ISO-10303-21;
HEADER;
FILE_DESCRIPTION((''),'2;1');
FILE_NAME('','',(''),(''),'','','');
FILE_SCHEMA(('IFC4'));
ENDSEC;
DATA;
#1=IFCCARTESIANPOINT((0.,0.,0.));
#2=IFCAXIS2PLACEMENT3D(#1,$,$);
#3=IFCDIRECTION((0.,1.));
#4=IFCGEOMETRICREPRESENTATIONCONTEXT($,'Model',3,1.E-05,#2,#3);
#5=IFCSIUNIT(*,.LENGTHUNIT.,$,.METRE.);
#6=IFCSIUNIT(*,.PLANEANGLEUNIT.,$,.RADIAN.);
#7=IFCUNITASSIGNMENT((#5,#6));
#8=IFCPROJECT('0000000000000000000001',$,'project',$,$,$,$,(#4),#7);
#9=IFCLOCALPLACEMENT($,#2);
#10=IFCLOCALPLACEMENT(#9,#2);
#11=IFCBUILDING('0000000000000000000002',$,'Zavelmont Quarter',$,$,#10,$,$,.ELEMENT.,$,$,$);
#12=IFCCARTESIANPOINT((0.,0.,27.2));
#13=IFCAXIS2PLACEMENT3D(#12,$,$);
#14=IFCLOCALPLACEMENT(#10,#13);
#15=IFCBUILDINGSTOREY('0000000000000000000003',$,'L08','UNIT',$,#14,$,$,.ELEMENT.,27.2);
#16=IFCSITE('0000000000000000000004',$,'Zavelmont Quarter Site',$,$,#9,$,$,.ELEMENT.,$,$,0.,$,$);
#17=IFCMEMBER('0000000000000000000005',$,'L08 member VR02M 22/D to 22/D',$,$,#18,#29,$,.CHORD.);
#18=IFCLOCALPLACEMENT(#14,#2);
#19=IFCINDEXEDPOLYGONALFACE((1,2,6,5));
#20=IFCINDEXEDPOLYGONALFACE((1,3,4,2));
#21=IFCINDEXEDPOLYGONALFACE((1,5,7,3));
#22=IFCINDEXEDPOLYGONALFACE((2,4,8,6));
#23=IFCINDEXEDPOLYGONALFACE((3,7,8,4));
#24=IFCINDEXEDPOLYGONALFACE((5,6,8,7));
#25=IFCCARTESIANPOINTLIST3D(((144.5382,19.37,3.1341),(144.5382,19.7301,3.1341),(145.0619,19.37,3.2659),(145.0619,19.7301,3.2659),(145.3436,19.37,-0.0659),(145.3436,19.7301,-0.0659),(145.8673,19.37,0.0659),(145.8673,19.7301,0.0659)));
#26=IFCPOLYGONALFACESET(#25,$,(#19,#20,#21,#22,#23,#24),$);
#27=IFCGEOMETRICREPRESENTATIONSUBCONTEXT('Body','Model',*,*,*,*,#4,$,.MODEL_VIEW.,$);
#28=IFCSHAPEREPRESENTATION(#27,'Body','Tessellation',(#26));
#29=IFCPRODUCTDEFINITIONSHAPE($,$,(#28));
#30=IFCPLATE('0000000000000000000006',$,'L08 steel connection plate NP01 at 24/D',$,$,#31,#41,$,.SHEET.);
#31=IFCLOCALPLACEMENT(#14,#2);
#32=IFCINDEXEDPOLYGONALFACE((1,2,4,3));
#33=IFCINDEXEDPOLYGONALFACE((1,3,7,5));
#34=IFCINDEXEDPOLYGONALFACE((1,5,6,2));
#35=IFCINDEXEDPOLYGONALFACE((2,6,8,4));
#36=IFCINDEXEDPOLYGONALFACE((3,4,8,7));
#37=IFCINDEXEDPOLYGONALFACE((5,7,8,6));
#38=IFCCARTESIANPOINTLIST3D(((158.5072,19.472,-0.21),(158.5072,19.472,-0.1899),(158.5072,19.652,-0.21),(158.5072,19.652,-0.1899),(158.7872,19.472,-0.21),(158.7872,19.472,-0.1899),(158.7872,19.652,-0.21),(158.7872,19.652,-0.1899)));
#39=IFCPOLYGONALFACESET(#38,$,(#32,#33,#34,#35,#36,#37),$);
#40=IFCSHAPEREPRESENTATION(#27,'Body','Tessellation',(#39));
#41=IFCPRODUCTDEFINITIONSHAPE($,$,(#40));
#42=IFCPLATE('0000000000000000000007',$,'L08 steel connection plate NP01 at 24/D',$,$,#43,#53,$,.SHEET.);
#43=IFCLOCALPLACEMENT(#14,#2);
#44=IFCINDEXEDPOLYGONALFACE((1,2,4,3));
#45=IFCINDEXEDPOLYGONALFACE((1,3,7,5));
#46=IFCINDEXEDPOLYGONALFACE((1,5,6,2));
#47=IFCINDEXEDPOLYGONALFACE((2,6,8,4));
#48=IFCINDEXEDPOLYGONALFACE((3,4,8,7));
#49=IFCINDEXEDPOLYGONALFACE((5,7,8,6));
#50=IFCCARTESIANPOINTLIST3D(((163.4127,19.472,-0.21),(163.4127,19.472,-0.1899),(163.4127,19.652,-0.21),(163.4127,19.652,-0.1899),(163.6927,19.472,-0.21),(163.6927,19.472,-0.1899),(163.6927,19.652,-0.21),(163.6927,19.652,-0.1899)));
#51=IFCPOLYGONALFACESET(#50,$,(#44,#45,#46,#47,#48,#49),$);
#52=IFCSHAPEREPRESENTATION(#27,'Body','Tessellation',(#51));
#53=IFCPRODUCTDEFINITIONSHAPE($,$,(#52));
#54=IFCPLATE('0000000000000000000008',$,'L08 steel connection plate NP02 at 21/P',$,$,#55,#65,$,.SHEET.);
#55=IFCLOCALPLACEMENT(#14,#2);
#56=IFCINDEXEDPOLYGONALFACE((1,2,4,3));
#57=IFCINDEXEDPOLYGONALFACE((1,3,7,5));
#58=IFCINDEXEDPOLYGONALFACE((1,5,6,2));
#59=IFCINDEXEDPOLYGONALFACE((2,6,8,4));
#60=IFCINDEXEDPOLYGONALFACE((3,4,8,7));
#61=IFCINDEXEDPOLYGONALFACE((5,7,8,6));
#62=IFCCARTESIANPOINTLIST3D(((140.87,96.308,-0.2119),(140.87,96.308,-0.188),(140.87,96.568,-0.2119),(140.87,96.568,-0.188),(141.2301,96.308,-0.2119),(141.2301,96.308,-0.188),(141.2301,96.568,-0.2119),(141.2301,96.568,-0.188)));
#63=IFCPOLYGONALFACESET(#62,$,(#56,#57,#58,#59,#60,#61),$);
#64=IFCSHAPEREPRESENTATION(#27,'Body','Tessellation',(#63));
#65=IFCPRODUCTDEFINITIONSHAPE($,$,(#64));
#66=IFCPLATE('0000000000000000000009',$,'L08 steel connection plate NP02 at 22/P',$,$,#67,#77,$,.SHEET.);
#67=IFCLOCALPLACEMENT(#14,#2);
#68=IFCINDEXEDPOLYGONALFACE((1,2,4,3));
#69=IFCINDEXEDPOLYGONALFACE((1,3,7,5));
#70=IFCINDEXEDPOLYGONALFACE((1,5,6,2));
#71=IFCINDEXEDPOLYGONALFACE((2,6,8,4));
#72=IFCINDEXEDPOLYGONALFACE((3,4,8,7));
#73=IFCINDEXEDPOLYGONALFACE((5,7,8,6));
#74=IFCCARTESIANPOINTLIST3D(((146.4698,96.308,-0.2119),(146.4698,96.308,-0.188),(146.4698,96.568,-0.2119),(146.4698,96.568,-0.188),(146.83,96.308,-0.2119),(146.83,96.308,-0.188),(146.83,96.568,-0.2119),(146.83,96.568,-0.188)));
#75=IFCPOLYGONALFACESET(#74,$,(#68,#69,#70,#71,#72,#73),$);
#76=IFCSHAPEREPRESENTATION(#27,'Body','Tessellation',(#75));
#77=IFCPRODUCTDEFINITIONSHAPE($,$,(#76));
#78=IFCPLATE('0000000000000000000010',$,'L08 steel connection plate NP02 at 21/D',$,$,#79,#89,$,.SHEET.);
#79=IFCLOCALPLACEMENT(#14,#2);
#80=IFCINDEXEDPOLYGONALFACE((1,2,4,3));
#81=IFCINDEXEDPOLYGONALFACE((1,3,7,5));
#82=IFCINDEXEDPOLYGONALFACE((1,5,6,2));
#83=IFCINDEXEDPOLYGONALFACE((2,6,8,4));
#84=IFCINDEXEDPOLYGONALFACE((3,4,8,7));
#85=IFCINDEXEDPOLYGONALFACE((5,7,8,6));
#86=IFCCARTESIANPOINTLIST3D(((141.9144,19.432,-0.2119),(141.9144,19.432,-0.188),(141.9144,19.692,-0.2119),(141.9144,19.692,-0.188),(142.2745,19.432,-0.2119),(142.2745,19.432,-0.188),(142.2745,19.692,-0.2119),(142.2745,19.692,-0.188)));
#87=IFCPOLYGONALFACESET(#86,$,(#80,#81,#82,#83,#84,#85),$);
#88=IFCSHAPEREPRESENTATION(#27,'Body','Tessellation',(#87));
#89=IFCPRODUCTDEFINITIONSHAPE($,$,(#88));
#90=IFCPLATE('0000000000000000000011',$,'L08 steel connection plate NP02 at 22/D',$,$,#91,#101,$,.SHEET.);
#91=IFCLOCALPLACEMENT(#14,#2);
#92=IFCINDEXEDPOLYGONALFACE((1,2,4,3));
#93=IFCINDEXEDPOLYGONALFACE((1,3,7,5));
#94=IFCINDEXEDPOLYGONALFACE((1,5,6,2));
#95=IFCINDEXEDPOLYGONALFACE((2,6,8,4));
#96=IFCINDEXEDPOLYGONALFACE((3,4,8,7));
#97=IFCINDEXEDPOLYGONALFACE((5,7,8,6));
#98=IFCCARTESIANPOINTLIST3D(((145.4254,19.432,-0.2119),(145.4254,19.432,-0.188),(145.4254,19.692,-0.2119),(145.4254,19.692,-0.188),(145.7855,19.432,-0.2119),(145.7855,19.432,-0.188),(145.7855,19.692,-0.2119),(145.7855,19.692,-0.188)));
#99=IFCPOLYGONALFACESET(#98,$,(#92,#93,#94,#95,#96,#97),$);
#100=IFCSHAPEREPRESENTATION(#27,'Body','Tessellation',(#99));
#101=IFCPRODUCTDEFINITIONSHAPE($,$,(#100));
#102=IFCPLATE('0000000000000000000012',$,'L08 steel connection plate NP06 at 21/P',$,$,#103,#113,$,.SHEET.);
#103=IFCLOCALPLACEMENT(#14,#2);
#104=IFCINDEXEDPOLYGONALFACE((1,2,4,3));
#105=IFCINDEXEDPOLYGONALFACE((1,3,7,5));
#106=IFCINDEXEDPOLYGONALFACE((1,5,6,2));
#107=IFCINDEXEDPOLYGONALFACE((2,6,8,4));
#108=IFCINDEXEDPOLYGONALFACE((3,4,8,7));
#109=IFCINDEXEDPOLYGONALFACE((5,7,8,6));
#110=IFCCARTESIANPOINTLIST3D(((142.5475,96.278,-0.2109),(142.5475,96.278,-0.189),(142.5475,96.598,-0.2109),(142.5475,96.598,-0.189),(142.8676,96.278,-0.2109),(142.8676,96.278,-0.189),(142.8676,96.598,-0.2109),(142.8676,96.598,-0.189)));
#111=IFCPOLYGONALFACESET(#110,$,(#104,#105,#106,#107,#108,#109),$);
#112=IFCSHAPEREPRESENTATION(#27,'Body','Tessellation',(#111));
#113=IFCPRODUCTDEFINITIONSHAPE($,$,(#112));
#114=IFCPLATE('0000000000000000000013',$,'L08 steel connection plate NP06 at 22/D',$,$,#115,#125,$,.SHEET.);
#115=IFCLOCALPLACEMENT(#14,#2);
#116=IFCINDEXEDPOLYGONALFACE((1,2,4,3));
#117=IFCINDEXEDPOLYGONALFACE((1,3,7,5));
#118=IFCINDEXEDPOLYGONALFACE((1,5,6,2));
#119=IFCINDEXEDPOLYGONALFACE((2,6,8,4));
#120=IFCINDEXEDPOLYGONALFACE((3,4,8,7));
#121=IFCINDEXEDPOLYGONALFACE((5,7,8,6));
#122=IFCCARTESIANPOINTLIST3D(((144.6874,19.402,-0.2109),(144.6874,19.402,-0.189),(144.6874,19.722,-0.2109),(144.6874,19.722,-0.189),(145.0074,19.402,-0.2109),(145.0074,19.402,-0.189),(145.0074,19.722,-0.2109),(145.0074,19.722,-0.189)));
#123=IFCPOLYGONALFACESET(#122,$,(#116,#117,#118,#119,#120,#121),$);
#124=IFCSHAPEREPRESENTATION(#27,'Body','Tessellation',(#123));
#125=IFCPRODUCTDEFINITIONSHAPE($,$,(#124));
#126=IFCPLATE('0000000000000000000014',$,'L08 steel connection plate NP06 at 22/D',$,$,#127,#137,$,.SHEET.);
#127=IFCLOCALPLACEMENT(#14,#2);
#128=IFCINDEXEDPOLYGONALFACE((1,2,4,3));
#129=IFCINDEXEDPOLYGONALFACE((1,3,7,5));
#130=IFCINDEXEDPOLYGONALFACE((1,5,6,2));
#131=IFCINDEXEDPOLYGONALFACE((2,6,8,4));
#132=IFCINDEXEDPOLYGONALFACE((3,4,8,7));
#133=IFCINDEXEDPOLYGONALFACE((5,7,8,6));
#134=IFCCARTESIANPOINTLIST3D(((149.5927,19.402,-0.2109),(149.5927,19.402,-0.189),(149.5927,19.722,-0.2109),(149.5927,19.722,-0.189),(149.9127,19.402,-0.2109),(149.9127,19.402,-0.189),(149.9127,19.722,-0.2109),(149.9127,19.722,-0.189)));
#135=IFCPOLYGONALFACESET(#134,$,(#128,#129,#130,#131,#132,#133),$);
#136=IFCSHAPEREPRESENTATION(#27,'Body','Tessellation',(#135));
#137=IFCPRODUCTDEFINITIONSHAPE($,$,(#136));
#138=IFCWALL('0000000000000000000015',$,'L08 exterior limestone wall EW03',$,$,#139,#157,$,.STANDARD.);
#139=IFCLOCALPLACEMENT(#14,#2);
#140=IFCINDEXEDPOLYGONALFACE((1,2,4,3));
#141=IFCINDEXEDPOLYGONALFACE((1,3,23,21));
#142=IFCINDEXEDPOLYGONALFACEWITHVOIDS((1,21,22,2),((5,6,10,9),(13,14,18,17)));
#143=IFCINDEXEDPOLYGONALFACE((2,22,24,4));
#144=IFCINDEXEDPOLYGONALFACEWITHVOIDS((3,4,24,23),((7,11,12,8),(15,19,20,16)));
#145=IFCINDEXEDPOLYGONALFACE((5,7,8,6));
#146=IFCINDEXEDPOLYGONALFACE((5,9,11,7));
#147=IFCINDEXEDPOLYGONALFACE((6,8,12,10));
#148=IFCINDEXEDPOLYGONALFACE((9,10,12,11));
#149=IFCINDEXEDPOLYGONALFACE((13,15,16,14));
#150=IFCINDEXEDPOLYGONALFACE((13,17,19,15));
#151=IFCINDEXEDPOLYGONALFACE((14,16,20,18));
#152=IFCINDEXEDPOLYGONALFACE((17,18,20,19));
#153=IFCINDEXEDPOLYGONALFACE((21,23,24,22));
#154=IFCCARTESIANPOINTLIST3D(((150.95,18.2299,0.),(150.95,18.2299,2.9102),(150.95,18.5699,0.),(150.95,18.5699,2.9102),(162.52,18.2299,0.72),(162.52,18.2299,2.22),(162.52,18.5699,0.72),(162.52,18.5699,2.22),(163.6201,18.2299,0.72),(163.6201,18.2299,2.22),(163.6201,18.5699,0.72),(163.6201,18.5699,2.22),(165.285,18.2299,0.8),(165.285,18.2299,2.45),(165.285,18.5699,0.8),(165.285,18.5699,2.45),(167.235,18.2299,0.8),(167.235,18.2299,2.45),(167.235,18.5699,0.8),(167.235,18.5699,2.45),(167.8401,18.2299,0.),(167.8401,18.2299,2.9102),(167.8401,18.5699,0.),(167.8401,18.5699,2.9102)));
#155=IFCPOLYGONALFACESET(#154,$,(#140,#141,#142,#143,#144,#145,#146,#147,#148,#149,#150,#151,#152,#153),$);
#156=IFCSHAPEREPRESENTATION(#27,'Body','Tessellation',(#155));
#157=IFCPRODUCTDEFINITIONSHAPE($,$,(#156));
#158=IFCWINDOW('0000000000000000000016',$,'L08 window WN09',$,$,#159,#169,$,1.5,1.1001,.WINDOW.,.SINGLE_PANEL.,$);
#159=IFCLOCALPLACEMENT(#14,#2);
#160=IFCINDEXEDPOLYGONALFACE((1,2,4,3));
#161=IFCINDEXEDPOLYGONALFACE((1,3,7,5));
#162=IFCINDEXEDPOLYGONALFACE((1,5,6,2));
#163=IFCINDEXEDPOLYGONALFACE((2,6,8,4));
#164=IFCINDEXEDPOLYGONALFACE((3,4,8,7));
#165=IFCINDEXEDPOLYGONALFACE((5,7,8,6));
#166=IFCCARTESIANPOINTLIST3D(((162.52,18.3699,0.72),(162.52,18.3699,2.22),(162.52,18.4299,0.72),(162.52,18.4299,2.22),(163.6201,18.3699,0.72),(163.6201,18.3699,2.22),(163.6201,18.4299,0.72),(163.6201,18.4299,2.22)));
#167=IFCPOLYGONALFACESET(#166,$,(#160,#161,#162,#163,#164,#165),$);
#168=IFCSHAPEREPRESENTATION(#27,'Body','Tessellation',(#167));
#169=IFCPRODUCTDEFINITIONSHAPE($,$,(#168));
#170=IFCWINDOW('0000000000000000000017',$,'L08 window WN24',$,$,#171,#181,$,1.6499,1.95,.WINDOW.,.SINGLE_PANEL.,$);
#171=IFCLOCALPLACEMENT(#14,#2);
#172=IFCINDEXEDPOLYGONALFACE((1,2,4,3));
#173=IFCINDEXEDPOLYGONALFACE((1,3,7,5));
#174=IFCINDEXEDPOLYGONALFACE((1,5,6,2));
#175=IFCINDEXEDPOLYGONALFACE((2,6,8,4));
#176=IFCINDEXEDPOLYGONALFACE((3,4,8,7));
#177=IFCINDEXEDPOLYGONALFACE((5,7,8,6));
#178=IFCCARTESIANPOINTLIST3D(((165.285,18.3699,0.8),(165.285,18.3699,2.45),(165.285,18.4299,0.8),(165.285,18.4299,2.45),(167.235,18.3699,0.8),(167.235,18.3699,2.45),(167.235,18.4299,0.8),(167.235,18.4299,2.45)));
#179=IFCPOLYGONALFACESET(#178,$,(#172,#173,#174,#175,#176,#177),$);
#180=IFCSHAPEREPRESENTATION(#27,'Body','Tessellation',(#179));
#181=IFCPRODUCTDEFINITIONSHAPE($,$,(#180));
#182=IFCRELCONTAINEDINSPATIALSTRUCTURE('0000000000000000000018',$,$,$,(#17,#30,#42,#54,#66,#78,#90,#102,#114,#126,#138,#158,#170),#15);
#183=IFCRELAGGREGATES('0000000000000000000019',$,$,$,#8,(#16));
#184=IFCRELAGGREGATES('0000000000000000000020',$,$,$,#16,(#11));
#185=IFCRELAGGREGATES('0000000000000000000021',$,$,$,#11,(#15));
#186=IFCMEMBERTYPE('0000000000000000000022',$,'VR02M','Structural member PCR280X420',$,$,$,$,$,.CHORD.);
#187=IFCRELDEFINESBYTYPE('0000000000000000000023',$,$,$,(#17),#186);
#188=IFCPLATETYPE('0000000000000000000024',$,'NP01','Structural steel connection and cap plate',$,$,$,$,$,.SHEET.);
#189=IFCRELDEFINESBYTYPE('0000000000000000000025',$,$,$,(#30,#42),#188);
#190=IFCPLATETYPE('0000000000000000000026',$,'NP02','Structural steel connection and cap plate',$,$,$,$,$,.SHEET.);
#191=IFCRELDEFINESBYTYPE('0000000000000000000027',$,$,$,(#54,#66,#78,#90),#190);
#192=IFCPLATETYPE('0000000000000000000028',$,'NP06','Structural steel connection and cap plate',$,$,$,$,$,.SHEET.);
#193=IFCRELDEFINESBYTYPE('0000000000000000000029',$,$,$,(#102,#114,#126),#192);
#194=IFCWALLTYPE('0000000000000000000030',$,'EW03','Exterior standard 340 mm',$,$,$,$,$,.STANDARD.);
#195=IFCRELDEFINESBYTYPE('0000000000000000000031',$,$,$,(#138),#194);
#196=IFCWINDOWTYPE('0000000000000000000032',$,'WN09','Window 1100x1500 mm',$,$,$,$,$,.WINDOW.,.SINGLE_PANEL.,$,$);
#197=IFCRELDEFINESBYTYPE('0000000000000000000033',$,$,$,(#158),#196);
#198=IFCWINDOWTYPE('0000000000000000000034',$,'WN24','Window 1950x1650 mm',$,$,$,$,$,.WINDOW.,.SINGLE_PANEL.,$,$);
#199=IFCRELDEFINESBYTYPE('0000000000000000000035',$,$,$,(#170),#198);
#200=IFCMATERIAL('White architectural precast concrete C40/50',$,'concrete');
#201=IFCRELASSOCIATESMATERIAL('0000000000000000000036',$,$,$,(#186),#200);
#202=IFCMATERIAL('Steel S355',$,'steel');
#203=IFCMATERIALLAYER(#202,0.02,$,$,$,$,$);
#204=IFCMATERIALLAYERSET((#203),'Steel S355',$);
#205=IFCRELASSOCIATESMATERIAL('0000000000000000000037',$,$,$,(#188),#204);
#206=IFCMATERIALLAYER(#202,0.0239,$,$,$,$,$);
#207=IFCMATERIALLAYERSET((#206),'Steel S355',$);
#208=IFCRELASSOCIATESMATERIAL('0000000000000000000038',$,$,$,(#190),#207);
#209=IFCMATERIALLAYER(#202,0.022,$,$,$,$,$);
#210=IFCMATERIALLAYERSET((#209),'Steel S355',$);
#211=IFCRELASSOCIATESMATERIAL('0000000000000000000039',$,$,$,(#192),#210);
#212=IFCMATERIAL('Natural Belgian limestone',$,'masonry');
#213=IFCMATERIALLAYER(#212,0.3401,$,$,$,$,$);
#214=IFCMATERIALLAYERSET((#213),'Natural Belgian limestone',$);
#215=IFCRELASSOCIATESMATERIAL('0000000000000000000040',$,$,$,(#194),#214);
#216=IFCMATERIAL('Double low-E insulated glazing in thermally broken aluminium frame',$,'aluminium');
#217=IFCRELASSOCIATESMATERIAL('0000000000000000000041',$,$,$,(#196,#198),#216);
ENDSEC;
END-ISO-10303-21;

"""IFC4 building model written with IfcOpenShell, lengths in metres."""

from ifc_helpers import new_model, si_unit, direction, frame, frame_2d, origin, origin_with_axes, origin_2d, place, context, subcontext, project, spatial, rectangle, extrude, material, layer, layer_set, material_profile, profile_set, type_object, element, fill, save


model = new_model("IFC4")

# Units and contexts
model_context = context("Model", 3, precision=1e-05, world=origin(), true_north=direction((0.0, 1.0)))
body_context = subcontext(model_context, "Body", "Model", "MODEL_VIEW")
ifc_project = project(units=[si_unit("LENGTHUNIT", "METRE"), si_unit("PLANEANGLEUNIT", "RADIAN")], contexts=[model_context])

# Site, building, storey
site_placement = place(None, origin())
site = spatial("IfcSite", under=ifc_project, at=site_placement, Name="Zavelmont Quarter Site", CompositionType="ELEMENT", RefElevation=0.0)
building_placement = place(site_placement, origin())
building = spatial("IfcBuilding", under=site, at=building_placement, Name="Zavelmont Quarter", CompositionType="ELEMENT")
storey_placement = place(building_placement, frame((0.0, 0.0, 27.2)))
storey = spatial("IfcBuildingStorey", under=building, at=storey_placement, Name="L08", Description="UNIT", CompositionType="ELEMENT", Elevation=27.2)

# Shared definitions
ifc_material_1 = material(Name="Steel S355", Category="steel")

# Member
ifc_material_2 = material(Name="White architectural precast concrete C40/50", Category="concrete")
ifc_material_profile_1 = material_profile(ifc_material_2, rectangle(XDim=0.3601, YDim=0.54, at=origin_2d()), Name="PCR280X420")
ifc_profile_set_1 = profile_set([ifc_material_profile_1], Name="White architectural precast concrete C40/50")
member_type = type_object("IfcMemberType", Name="VR02M", Description="Structural member PCR280X420", PredefinedType="CHORD", material=ifc_profile_set_1)
for number, where, z_axis, x_axis, name in (
    (1, (145.6055, 19.55, 0.0), (-0.244085, 0.0, 0.969754), (0.0, -1.0, 0.0), "L08 member VR02M 22/D to 22/D"),
):
    element("IfcMember", number, at=place(storey_placement, frame(where, z_axis=z_axis, x_axis=x_axis)), inside=storey, type_object=member_type, Name=name, PredefinedType="CHORD", context=body_context, shape_type="SweptSolid", body=[
        extrude(rectangle(XDim=0.3601, YDim=0.54, at=origin_2d()), origin(), (0.0, 0.0, 1.0), 3.2998),
    ])

# Plates
ifc_layer_1 = layer(ifc_material_1, 0.02)
ifc_layer_set_1 = layer_set([ifc_layer_1], Name="Steel S355")
plate_type_1 = type_object("IfcPlateType", Name="NP01", Description="Structural steel connection and cap plate", PredefinedType="SHEET", material=ifc_layer_set_1)
for number, where, z_axis, x_axis, name in (
    (2, (158.6472, 19.562, -0.21), (0.0, 0.0, 1.0), (1.0, 0.0, 0.0), "L08 steel connection plate NP01 at 24/D"),
    (3, (163.5527, 19.562, -0.21), (0.0, 0.0, 1.0), (1.0, 0.0, 0.0), "L08 steel connection plate NP01 at 24/D"),
):
    element("IfcPlate", number, at=place(storey_placement, frame(where, z_axis=z_axis, x_axis=x_axis)), inside=storey, type_object=plate_type_1, Name=name, PredefinedType="SHEET", context=body_context, shape_type="SweptSolid", body=[
        extrude(rectangle(XDim=0.28, YDim=0.1799, at=origin_2d()), origin(), (0.0, 0.0, 1.0), 0.02),
    ])
ifc_layer_2 = layer(ifc_material_1, 0.0239)
ifc_layer_set_2 = layer_set([ifc_layer_2], Name="Steel S355")
plate_type_2 = type_object("IfcPlateType", Name="NP02", Description="Structural steel connection and cap plate", PredefinedType="SHEET", material=ifc_layer_set_2)
for number, where, z_axis, x_axis, name in (
    (4, (141.05, 96.438, -0.2119), (0.0, 0.0, 1.0), (1.0, 0.0, 0.0), "L08 steel connection plate NP02 at 21/P"),
    (5, (146.6499, 96.438, -0.2119), (0.0, 0.0, 1.0), (1.0, 0.0, 0.0), "L08 steel connection plate NP02 at 22/P"),
    (6, (142.0945, 19.562, -0.2119), (0.0, 0.0, 1.0), (1.0, 0.0, 0.0), "L08 steel connection plate NP02 at 21/D"),
    (7, (145.6055, 19.562, -0.2119), (0.0, 0.0, 1.0), (1.0, 0.0, 0.0), "L08 steel connection plate NP02 at 22/D"),
):
    element("IfcPlate", number, at=place(storey_placement, frame(where, z_axis=z_axis, x_axis=x_axis)), inside=storey, type_object=plate_type_2, Name=name, PredefinedType="SHEET", context=body_context, shape_type="SweptSolid", body=[
        extrude(rectangle(XDim=0.3601, YDim=0.26, at=origin_2d()), origin(), (0.0, 0.0, 1.0), 0.0239),
    ])
ifc_layer_3 = layer(ifc_material_1, 0.022)
ifc_layer_set_3 = layer_set([ifc_layer_3], Name="Steel S355")
plate_type_3 = type_object("IfcPlateType", Name="NP06", Description="Structural steel connection and cap plate", PredefinedType="SHEET", material=ifc_layer_set_3)
for number, where, z_axis, x_axis, name in (
    (8, (142.7075, 96.438, -0.2109), (0.0, 0.0, 1.0), (1.0, 0.0, 0.0), "L08 steel connection plate NP06 at 21/P"),
    (9, (144.8474, 19.562, -0.2109), (0.0, 0.0, 1.0), (1.0, 0.0, 0.0), "L08 steel connection plate NP06 at 22/D"),
    (10, (149.7527, 19.562, -0.2109), (0.0, 0.0, 1.0), (1.0, 0.0, 0.0), "L08 steel connection plate NP06 at 22/D"),
):
    element("IfcPlate", number, at=place(storey_placement, frame(where, z_axis=z_axis, x_axis=x_axis)), inside=storey, type_object=plate_type_3, Name=name, PredefinedType="SHEET", context=body_context, shape_type="SweptSolid", body=[
        extrude(rectangle(XDim=0.3201, YDim=0.3201, at=origin_2d()), origin(), (0.0, 0.0, 1.0), 0.022),
    ])

# Wall, openings, windows
ifc_material_3 = material(Name="Natural Belgian limestone", Category="masonry")
ifc_layer_4 = layer(ifc_material_3, 0.3401)
ifc_layer_set_4 = layer_set([ifc_layer_4], Name="Natural Belgian limestone")
wall_type_1 = type_object("IfcWallType", Name="EW03", Description="Exterior standard 340 mm", PredefinedType="STANDARD", material=ifc_layer_set_4)
wall_1_placement = place(storey_placement, frame((150.95, 18.3999, 0.0), z_axis=(0.0, 0.0, 1.0), x_axis=(1.0, 0.0, 0.0)))
wall_1 = element("IfcWall", 11, at=wall_1_placement, inside=storey, type_object=wall_type_1, Name="L08 exterior limestone wall EW03", PredefinedType="STANDARD", context=body_context, shape_type="SweptSolid", body=[
    extrude(rectangle(XDim=16.8901, YDim=0.3401, at=frame_2d((8.4451, 0.0))), origin(), (0.0, 0.0, 1.0), 2.9102),
])
opening_1_placement = place(wall_1_placement, frame((11.5701, 0.0, 0.72)))
opening_1 = element("IfcOpeningElement", 12, at=opening_1_placement, cuts=wall_1, PredefinedType="OPENING", context=body_context, shape_type="SweptSolid", body=[
    extrude(rectangle(XDim=1.1001, YDim=1.5, at=frame_2d((0.55, 0.75))), frame((0.0, 0.1821, 0.0), z_axis=(0.0, -1.0, 0.0), x_axis=(1.0, 0.0, 0.0)), (0.0, 0.0, 1.0), 0.364),
])
opening_2_placement = place(wall_1_placement, frame((14.335, 0.0, 0.8)))
opening_2 = element("IfcOpeningElement", 13, at=opening_2_placement, cuts=wall_1, PredefinedType="OPENING", context=body_context, shape_type="SweptSolid", body=[
    extrude(rectangle(XDim=1.95, YDim=1.6499, at=frame_2d((0.9751, 0.825))), frame((0.0, 0.1821, 0.0), z_axis=(0.0, -1.0, 0.0), x_axis=(1.0, 0.0, 0.0)), (0.0, 0.0, 1.0), 0.364),
])
ifc_material_4 = material(Name="Double low-E insulated glazing in thermally broken aluminium frame", Category="aluminium")
window_type_1 = type_object("IfcWindowType", Name="WN09", Description="Window 1100x1500 mm", PartitioningType="SINGLE_PANEL", PredefinedType="WINDOW", material=ifc_material_4)
window_1_placement = place(opening_1_placement, origin_with_axes())
window_1 = element("IfcWindow", 14, at=window_1_placement, inside=storey, type_object=window_type_1, Name="L08 window WN09", OverallHeight=1.5, OverallWidth=1.1001, PartitioningType="SINGLE_PANEL", PredefinedType="WINDOW", context=body_context, shape_type="SweptSolid", body=[
    extrude(rectangle(XDim=1.1001, YDim=1.5, at=frame_2d((0.55, 0.75))), frame((0.0, 0.03, 0.0), z_axis=(0.0, -1.0, 0.0), x_axis=(1.0, 0.0, 0.0)), (0.0, 0.0, 1.0), 0.0601),
])
fill(opening_1, window_1)
window_type_2 = type_object("IfcWindowType", Name="WN24", Description="Window 1950x1650 mm", PartitioningType="SINGLE_PANEL", PredefinedType="WINDOW", material=ifc_material_4)
window_2_placement = place(opening_2_placement, origin_with_axes())
window_2 = element("IfcWindow", 15, at=window_2_placement, inside=storey, type_object=window_type_2, Name="L08 window WN24", OverallHeight=1.6499, OverallWidth=1.95, PartitioningType="SINGLE_PANEL", PredefinedType="WINDOW", context=body_context, shape_type="SweptSolid", body=[
    extrude(rectangle(XDim=1.95, YDim=1.6499, at=frame_2d((0.9751, 0.825))), frame((0.0, 0.03, 0.0), z_axis=(0.0, -1.0, 0.0), x_axis=(1.0, 0.0, 0.0)), (0.0, 0.0, 1.0), 0.0601),
])
fill(opening_2, window_2)

save(model, "model.ifc")
